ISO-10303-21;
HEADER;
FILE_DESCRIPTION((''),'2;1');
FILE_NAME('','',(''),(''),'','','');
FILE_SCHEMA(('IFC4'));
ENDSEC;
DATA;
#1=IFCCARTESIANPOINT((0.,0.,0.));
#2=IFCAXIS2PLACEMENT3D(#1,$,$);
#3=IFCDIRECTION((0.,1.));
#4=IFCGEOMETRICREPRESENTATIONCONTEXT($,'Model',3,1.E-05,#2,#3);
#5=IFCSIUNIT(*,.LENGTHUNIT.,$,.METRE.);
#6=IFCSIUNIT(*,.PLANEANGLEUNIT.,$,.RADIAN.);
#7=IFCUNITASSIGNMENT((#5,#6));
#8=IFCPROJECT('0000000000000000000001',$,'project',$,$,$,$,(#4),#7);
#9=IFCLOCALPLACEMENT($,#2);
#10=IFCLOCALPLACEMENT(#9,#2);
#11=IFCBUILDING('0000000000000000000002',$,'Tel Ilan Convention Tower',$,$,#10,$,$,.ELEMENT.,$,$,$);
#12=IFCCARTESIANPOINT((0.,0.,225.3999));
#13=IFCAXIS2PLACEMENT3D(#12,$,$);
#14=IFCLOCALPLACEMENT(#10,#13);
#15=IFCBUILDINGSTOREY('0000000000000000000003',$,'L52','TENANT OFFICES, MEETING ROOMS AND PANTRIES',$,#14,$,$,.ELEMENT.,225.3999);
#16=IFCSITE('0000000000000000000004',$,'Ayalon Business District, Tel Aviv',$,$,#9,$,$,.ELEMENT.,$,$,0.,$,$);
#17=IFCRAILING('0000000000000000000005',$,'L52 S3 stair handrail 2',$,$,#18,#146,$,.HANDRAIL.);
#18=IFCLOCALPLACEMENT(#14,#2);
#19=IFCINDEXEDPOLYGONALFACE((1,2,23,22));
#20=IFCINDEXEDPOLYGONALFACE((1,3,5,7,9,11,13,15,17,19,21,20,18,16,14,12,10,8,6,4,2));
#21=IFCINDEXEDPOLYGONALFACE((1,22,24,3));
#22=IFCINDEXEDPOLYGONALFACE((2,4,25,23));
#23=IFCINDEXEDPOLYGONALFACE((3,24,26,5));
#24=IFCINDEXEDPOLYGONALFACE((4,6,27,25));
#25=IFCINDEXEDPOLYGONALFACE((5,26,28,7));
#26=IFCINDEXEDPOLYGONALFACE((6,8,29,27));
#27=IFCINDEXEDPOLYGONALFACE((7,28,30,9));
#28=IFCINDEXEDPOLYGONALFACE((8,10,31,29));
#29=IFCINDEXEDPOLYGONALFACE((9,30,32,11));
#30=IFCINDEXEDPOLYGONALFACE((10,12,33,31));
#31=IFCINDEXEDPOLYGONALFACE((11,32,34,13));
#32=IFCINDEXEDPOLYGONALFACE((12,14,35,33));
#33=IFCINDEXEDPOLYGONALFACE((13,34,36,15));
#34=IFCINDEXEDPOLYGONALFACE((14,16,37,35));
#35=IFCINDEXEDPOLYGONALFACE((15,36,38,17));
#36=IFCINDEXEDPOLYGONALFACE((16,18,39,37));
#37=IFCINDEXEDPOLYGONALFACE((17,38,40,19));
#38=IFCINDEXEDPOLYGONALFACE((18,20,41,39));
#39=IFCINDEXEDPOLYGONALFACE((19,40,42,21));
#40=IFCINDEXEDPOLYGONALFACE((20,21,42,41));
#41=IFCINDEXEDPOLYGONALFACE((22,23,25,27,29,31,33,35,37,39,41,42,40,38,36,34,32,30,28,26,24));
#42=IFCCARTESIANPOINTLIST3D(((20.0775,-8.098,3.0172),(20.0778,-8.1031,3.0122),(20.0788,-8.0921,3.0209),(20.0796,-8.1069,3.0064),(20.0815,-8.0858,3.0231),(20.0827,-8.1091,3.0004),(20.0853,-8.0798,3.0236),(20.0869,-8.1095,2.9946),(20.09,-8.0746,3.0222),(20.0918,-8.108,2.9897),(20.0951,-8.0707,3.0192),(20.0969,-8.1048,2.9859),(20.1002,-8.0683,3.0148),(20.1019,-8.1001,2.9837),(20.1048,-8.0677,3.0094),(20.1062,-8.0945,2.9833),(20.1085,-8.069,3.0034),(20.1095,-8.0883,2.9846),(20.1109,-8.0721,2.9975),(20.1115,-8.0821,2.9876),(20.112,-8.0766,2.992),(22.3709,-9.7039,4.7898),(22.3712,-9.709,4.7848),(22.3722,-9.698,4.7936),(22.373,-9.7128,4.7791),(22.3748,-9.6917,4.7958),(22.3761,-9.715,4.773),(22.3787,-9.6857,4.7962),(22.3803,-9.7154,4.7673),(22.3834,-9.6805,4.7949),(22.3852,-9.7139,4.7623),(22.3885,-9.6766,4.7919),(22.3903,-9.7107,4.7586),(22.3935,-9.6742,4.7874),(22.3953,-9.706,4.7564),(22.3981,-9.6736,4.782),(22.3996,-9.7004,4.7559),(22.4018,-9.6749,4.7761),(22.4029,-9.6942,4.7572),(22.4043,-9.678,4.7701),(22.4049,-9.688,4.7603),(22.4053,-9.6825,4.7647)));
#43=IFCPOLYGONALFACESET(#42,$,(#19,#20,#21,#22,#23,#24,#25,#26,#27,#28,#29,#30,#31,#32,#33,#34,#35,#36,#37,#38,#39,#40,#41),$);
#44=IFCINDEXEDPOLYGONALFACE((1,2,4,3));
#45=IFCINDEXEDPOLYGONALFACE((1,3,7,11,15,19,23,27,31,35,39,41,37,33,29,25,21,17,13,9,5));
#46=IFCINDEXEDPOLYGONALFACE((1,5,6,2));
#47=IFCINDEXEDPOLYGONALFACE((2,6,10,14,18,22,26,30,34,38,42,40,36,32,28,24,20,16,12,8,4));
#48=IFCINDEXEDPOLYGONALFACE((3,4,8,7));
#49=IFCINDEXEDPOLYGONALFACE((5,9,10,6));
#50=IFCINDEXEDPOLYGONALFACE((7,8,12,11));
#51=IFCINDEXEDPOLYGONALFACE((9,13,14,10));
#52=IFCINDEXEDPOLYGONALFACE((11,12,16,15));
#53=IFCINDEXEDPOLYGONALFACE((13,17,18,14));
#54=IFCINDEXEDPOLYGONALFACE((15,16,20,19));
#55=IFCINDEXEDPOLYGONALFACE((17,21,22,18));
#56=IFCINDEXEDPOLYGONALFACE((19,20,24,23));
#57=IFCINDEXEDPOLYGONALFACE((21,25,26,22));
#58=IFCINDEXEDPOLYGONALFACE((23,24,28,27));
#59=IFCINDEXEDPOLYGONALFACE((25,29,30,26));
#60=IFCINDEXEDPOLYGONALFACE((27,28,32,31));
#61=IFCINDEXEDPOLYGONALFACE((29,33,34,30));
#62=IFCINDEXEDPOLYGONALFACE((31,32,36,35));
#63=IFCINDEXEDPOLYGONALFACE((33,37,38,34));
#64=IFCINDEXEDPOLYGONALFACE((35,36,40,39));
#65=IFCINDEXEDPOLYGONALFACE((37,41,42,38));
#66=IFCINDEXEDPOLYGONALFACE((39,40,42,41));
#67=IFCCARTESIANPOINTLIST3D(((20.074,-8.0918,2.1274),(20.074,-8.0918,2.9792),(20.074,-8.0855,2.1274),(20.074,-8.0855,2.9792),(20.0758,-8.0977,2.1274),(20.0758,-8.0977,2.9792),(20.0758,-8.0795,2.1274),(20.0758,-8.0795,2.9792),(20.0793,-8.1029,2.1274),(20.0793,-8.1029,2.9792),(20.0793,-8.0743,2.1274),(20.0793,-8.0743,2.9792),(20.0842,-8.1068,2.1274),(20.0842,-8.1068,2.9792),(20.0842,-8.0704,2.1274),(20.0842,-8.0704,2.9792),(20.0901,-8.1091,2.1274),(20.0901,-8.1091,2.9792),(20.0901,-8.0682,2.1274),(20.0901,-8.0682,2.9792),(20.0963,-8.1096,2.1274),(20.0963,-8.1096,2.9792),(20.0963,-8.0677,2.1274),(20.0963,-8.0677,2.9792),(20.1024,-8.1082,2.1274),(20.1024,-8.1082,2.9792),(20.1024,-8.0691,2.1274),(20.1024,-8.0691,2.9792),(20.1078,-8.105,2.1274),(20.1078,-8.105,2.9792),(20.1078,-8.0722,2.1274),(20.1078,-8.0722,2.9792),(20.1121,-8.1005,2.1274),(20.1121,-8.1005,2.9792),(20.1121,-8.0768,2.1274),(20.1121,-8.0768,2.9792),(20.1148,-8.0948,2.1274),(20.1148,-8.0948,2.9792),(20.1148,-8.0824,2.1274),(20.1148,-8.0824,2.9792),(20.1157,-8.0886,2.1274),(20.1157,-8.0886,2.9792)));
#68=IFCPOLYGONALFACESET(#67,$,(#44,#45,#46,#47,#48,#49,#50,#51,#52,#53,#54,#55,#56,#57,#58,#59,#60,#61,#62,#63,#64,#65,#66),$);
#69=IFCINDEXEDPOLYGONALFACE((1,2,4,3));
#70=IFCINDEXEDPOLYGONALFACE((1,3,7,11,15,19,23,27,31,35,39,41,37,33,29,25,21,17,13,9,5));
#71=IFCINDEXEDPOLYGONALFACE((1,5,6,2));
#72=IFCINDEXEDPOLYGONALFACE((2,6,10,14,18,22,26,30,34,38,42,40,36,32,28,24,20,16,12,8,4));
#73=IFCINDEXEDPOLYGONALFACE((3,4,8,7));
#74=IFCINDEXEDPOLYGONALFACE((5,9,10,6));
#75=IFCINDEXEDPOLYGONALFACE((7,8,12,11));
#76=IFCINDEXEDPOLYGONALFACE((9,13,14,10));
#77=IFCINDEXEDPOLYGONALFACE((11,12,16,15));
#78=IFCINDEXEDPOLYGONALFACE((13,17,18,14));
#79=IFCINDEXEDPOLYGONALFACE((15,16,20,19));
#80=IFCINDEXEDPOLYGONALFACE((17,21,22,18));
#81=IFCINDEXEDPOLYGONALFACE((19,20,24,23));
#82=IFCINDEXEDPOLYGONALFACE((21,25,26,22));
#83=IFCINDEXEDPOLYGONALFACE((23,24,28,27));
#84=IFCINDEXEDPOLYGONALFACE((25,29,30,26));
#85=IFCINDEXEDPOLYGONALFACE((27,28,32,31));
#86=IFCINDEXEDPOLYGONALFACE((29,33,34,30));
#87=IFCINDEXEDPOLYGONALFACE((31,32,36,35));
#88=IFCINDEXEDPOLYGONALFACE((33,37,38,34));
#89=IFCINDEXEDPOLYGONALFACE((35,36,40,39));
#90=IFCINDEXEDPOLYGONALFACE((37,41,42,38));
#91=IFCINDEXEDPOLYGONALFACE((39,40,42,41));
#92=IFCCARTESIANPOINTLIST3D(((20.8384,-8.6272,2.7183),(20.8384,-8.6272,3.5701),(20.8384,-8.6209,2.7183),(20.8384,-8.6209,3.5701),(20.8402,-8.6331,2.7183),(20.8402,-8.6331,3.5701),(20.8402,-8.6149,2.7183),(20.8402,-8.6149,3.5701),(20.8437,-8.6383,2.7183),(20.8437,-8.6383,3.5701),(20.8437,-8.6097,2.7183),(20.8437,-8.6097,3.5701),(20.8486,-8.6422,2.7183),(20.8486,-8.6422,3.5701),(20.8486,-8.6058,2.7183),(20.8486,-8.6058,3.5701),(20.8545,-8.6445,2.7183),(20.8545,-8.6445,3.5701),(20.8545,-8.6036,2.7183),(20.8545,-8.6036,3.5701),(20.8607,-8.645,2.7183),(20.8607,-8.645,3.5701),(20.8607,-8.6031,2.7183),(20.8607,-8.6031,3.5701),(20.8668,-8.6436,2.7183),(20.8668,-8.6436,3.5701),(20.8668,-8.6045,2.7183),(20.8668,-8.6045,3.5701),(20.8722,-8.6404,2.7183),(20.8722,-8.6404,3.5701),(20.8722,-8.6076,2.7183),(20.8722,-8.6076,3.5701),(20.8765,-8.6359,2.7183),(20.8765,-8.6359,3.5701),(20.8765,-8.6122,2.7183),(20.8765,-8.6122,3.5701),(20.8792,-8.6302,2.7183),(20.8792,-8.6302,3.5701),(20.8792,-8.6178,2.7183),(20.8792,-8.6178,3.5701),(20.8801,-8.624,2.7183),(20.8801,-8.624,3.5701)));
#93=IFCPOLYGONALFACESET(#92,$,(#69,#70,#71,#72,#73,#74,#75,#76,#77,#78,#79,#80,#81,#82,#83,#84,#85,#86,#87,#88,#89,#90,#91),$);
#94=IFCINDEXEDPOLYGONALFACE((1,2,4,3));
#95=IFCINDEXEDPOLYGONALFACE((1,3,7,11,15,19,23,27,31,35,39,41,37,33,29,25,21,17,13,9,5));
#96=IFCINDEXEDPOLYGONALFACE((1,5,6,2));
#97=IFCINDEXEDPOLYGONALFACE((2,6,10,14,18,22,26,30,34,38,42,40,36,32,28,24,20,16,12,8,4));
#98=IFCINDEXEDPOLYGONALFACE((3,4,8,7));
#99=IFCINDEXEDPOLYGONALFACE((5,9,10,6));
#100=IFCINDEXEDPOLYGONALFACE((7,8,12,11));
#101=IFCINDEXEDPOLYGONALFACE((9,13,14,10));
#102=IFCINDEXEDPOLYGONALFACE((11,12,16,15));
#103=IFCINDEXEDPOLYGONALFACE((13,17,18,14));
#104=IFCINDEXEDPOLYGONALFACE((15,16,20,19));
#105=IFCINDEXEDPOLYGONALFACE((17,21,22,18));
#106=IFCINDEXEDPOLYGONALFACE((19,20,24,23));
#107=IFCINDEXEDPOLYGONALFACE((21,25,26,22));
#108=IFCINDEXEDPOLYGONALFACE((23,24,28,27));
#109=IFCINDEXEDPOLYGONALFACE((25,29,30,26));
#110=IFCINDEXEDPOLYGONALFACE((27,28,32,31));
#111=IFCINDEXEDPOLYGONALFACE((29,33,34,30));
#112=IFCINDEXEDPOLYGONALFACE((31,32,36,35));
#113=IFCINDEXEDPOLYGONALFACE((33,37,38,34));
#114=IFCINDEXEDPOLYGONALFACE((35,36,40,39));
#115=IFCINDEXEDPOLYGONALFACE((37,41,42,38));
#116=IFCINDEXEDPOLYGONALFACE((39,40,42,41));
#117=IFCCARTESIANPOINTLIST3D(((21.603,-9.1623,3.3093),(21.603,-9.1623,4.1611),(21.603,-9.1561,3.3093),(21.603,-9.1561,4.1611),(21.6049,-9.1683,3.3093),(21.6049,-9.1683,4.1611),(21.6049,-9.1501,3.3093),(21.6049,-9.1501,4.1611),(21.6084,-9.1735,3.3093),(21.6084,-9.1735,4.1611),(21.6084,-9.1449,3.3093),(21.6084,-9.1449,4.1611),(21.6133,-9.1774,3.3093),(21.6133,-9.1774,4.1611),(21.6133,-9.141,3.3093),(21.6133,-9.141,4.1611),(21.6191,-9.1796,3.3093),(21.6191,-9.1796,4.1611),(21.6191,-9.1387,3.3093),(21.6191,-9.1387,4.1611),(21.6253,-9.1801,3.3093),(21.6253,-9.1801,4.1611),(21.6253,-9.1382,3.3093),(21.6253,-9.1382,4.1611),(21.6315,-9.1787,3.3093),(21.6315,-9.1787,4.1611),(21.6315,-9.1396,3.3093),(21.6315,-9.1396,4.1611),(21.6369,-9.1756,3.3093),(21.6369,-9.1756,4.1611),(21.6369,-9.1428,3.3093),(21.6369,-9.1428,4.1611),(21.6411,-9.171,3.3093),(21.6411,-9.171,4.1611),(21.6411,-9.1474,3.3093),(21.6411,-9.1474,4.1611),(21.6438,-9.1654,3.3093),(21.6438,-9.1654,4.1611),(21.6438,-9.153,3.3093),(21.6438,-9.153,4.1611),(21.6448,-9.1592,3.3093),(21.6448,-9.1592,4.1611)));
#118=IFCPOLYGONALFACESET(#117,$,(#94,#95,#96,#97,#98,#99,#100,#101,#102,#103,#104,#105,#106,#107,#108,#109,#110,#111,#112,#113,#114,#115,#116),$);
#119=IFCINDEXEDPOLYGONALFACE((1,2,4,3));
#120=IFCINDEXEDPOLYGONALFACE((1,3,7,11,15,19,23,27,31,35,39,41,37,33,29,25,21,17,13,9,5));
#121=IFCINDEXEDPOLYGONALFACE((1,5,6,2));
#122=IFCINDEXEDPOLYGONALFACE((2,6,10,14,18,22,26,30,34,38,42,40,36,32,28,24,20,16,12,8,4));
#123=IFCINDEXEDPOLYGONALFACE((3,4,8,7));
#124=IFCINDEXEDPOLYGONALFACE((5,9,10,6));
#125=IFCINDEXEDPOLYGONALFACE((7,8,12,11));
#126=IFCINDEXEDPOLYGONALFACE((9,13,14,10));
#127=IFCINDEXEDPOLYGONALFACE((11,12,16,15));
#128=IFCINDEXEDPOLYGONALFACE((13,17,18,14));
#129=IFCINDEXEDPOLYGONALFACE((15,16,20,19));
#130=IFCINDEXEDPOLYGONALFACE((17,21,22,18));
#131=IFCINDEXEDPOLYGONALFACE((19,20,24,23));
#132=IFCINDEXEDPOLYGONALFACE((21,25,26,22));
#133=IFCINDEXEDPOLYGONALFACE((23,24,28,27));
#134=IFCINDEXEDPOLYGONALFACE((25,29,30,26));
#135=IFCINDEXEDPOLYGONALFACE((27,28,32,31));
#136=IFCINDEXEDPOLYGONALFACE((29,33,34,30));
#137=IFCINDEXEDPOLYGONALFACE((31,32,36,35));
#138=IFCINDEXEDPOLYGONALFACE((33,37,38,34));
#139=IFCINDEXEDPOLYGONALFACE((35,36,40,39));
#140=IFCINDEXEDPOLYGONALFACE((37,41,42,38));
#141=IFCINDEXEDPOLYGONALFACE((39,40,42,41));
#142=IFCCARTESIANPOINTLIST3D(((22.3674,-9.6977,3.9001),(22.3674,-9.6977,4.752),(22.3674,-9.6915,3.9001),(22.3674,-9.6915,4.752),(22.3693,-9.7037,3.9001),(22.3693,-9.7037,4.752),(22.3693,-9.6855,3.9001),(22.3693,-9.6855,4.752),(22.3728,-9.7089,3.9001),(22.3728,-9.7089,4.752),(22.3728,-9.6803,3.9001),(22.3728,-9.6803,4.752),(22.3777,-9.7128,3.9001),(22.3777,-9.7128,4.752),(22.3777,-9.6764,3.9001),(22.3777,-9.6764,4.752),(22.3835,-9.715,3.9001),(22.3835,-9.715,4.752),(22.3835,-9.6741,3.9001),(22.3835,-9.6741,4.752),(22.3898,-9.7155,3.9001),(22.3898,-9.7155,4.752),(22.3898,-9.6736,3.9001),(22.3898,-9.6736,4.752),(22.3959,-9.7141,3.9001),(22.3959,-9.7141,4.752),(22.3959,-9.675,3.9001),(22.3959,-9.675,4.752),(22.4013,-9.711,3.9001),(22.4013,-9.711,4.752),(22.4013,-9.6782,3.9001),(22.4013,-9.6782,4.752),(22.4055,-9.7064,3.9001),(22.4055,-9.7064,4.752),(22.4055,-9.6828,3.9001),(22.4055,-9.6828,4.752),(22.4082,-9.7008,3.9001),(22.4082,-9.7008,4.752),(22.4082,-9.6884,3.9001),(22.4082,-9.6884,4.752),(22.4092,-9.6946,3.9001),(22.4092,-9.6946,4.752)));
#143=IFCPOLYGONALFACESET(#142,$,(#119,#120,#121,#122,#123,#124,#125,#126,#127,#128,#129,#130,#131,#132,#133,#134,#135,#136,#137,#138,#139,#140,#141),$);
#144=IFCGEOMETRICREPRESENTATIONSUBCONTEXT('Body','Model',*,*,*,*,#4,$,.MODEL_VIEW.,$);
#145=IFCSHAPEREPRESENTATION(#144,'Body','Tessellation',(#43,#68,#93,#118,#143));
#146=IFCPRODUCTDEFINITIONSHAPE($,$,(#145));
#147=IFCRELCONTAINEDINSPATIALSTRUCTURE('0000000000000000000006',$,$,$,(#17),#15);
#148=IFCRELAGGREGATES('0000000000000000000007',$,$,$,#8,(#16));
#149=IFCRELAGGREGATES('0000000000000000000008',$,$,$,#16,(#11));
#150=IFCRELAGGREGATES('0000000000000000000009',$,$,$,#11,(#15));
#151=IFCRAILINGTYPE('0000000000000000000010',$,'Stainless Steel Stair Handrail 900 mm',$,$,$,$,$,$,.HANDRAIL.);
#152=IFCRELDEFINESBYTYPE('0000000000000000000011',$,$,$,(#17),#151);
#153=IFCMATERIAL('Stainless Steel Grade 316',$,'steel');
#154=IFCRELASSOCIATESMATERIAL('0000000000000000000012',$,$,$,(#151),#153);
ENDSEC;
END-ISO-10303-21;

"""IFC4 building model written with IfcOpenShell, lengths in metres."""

from ifc_helpers import new_model, si_unit, direction, frame, origin, origin_2d, place, context, subcontext, project, spatial, circle, extrude, material, type_object, element, save


model = new_model("IFC4")

# Units and contexts
model_context = context("Model", 3, precision=1e-05, world=origin(), true_north=direction((0.0, 1.0)))
body_context = subcontext(model_context, "Body", "Model", "MODEL_VIEW")
ifc_project = project(units=[si_unit("LENGTHUNIT", "METRE"), si_unit("PLANEANGLEUNIT", "RADIAN")], contexts=[model_context])

# Site, building, storey
site_placement = place(None, origin())
site = spatial("IfcSite", under=ifc_project, at=site_placement, Name="Ayalon Business District, Tel Aviv", CompositionType="ELEMENT", RefElevation=0.0)
building_placement = place(site_placement, origin())
building = spatial("IfcBuilding", under=site, at=building_placement, Name="Tel Ilan Convention Tower", CompositionType="ELEMENT")
storey_placement = place(building_placement, frame((0.0, 0.0, 225.3999)))
storey = spatial("IfcBuildingStorey", under=building, at=storey_placement, Name="L52", Description="TENANT OFFICES, MEETING ROOMS AND PANTRIES", CompositionType="ELEMENT", Elevation=225.3999)

# Railing
ifc_material_1 = material(Name="Stainless Steel Grade 316", Category="steel")
railing_type_1 = type_object("IfcRailingType", Name="Stainless Steel Stair Handrail 900 mm", PredefinedType="HANDRAIL", material=ifc_material_1)
railing_1_placement = place(storey_placement, frame((20.0947, -8.0886, 2.1274)))
element("IfcRailing", 1, at=railing_1_placement, inside=storey, type_object=railing_type_1, Name="L52 S3 stair handrail 2", PredefinedType="HANDRAIL", context=body_context, shape_type="SweptSolid", body=[
    extrude(circle(Radius=0.0239, at=origin_2d()), frame((0.0, 0.0, 0.876), z_axis=(0.692085, -0.484621, 0.53494), x_axis=(0.573591, 0.819142, 0.0)), (0.0, 0.0, 1.0), 3.3137),
    extrude(circle(Radius=0.021, at=origin_2d()), origin(), (0.0, 0.0, 1.0), 0.8518),
    extrude(circle(Radius=0.021, at=origin_2d()), frame((0.7644, -0.5354, 0.5908)), (0.0, 0.0, 1.0), 0.8518),
    extrude(circle(Radius=0.021, at=origin_2d()), frame((1.5291, -1.0706, 1.1819)), (0.0, 0.0, 1.0), 0.8518),
    extrude(circle(Radius=0.021, at=origin_2d()), frame((2.2935, -1.606, 1.7727)), (0.0, 0.0, 1.0), 0.8518),
])

save(model, "model.ifc")
